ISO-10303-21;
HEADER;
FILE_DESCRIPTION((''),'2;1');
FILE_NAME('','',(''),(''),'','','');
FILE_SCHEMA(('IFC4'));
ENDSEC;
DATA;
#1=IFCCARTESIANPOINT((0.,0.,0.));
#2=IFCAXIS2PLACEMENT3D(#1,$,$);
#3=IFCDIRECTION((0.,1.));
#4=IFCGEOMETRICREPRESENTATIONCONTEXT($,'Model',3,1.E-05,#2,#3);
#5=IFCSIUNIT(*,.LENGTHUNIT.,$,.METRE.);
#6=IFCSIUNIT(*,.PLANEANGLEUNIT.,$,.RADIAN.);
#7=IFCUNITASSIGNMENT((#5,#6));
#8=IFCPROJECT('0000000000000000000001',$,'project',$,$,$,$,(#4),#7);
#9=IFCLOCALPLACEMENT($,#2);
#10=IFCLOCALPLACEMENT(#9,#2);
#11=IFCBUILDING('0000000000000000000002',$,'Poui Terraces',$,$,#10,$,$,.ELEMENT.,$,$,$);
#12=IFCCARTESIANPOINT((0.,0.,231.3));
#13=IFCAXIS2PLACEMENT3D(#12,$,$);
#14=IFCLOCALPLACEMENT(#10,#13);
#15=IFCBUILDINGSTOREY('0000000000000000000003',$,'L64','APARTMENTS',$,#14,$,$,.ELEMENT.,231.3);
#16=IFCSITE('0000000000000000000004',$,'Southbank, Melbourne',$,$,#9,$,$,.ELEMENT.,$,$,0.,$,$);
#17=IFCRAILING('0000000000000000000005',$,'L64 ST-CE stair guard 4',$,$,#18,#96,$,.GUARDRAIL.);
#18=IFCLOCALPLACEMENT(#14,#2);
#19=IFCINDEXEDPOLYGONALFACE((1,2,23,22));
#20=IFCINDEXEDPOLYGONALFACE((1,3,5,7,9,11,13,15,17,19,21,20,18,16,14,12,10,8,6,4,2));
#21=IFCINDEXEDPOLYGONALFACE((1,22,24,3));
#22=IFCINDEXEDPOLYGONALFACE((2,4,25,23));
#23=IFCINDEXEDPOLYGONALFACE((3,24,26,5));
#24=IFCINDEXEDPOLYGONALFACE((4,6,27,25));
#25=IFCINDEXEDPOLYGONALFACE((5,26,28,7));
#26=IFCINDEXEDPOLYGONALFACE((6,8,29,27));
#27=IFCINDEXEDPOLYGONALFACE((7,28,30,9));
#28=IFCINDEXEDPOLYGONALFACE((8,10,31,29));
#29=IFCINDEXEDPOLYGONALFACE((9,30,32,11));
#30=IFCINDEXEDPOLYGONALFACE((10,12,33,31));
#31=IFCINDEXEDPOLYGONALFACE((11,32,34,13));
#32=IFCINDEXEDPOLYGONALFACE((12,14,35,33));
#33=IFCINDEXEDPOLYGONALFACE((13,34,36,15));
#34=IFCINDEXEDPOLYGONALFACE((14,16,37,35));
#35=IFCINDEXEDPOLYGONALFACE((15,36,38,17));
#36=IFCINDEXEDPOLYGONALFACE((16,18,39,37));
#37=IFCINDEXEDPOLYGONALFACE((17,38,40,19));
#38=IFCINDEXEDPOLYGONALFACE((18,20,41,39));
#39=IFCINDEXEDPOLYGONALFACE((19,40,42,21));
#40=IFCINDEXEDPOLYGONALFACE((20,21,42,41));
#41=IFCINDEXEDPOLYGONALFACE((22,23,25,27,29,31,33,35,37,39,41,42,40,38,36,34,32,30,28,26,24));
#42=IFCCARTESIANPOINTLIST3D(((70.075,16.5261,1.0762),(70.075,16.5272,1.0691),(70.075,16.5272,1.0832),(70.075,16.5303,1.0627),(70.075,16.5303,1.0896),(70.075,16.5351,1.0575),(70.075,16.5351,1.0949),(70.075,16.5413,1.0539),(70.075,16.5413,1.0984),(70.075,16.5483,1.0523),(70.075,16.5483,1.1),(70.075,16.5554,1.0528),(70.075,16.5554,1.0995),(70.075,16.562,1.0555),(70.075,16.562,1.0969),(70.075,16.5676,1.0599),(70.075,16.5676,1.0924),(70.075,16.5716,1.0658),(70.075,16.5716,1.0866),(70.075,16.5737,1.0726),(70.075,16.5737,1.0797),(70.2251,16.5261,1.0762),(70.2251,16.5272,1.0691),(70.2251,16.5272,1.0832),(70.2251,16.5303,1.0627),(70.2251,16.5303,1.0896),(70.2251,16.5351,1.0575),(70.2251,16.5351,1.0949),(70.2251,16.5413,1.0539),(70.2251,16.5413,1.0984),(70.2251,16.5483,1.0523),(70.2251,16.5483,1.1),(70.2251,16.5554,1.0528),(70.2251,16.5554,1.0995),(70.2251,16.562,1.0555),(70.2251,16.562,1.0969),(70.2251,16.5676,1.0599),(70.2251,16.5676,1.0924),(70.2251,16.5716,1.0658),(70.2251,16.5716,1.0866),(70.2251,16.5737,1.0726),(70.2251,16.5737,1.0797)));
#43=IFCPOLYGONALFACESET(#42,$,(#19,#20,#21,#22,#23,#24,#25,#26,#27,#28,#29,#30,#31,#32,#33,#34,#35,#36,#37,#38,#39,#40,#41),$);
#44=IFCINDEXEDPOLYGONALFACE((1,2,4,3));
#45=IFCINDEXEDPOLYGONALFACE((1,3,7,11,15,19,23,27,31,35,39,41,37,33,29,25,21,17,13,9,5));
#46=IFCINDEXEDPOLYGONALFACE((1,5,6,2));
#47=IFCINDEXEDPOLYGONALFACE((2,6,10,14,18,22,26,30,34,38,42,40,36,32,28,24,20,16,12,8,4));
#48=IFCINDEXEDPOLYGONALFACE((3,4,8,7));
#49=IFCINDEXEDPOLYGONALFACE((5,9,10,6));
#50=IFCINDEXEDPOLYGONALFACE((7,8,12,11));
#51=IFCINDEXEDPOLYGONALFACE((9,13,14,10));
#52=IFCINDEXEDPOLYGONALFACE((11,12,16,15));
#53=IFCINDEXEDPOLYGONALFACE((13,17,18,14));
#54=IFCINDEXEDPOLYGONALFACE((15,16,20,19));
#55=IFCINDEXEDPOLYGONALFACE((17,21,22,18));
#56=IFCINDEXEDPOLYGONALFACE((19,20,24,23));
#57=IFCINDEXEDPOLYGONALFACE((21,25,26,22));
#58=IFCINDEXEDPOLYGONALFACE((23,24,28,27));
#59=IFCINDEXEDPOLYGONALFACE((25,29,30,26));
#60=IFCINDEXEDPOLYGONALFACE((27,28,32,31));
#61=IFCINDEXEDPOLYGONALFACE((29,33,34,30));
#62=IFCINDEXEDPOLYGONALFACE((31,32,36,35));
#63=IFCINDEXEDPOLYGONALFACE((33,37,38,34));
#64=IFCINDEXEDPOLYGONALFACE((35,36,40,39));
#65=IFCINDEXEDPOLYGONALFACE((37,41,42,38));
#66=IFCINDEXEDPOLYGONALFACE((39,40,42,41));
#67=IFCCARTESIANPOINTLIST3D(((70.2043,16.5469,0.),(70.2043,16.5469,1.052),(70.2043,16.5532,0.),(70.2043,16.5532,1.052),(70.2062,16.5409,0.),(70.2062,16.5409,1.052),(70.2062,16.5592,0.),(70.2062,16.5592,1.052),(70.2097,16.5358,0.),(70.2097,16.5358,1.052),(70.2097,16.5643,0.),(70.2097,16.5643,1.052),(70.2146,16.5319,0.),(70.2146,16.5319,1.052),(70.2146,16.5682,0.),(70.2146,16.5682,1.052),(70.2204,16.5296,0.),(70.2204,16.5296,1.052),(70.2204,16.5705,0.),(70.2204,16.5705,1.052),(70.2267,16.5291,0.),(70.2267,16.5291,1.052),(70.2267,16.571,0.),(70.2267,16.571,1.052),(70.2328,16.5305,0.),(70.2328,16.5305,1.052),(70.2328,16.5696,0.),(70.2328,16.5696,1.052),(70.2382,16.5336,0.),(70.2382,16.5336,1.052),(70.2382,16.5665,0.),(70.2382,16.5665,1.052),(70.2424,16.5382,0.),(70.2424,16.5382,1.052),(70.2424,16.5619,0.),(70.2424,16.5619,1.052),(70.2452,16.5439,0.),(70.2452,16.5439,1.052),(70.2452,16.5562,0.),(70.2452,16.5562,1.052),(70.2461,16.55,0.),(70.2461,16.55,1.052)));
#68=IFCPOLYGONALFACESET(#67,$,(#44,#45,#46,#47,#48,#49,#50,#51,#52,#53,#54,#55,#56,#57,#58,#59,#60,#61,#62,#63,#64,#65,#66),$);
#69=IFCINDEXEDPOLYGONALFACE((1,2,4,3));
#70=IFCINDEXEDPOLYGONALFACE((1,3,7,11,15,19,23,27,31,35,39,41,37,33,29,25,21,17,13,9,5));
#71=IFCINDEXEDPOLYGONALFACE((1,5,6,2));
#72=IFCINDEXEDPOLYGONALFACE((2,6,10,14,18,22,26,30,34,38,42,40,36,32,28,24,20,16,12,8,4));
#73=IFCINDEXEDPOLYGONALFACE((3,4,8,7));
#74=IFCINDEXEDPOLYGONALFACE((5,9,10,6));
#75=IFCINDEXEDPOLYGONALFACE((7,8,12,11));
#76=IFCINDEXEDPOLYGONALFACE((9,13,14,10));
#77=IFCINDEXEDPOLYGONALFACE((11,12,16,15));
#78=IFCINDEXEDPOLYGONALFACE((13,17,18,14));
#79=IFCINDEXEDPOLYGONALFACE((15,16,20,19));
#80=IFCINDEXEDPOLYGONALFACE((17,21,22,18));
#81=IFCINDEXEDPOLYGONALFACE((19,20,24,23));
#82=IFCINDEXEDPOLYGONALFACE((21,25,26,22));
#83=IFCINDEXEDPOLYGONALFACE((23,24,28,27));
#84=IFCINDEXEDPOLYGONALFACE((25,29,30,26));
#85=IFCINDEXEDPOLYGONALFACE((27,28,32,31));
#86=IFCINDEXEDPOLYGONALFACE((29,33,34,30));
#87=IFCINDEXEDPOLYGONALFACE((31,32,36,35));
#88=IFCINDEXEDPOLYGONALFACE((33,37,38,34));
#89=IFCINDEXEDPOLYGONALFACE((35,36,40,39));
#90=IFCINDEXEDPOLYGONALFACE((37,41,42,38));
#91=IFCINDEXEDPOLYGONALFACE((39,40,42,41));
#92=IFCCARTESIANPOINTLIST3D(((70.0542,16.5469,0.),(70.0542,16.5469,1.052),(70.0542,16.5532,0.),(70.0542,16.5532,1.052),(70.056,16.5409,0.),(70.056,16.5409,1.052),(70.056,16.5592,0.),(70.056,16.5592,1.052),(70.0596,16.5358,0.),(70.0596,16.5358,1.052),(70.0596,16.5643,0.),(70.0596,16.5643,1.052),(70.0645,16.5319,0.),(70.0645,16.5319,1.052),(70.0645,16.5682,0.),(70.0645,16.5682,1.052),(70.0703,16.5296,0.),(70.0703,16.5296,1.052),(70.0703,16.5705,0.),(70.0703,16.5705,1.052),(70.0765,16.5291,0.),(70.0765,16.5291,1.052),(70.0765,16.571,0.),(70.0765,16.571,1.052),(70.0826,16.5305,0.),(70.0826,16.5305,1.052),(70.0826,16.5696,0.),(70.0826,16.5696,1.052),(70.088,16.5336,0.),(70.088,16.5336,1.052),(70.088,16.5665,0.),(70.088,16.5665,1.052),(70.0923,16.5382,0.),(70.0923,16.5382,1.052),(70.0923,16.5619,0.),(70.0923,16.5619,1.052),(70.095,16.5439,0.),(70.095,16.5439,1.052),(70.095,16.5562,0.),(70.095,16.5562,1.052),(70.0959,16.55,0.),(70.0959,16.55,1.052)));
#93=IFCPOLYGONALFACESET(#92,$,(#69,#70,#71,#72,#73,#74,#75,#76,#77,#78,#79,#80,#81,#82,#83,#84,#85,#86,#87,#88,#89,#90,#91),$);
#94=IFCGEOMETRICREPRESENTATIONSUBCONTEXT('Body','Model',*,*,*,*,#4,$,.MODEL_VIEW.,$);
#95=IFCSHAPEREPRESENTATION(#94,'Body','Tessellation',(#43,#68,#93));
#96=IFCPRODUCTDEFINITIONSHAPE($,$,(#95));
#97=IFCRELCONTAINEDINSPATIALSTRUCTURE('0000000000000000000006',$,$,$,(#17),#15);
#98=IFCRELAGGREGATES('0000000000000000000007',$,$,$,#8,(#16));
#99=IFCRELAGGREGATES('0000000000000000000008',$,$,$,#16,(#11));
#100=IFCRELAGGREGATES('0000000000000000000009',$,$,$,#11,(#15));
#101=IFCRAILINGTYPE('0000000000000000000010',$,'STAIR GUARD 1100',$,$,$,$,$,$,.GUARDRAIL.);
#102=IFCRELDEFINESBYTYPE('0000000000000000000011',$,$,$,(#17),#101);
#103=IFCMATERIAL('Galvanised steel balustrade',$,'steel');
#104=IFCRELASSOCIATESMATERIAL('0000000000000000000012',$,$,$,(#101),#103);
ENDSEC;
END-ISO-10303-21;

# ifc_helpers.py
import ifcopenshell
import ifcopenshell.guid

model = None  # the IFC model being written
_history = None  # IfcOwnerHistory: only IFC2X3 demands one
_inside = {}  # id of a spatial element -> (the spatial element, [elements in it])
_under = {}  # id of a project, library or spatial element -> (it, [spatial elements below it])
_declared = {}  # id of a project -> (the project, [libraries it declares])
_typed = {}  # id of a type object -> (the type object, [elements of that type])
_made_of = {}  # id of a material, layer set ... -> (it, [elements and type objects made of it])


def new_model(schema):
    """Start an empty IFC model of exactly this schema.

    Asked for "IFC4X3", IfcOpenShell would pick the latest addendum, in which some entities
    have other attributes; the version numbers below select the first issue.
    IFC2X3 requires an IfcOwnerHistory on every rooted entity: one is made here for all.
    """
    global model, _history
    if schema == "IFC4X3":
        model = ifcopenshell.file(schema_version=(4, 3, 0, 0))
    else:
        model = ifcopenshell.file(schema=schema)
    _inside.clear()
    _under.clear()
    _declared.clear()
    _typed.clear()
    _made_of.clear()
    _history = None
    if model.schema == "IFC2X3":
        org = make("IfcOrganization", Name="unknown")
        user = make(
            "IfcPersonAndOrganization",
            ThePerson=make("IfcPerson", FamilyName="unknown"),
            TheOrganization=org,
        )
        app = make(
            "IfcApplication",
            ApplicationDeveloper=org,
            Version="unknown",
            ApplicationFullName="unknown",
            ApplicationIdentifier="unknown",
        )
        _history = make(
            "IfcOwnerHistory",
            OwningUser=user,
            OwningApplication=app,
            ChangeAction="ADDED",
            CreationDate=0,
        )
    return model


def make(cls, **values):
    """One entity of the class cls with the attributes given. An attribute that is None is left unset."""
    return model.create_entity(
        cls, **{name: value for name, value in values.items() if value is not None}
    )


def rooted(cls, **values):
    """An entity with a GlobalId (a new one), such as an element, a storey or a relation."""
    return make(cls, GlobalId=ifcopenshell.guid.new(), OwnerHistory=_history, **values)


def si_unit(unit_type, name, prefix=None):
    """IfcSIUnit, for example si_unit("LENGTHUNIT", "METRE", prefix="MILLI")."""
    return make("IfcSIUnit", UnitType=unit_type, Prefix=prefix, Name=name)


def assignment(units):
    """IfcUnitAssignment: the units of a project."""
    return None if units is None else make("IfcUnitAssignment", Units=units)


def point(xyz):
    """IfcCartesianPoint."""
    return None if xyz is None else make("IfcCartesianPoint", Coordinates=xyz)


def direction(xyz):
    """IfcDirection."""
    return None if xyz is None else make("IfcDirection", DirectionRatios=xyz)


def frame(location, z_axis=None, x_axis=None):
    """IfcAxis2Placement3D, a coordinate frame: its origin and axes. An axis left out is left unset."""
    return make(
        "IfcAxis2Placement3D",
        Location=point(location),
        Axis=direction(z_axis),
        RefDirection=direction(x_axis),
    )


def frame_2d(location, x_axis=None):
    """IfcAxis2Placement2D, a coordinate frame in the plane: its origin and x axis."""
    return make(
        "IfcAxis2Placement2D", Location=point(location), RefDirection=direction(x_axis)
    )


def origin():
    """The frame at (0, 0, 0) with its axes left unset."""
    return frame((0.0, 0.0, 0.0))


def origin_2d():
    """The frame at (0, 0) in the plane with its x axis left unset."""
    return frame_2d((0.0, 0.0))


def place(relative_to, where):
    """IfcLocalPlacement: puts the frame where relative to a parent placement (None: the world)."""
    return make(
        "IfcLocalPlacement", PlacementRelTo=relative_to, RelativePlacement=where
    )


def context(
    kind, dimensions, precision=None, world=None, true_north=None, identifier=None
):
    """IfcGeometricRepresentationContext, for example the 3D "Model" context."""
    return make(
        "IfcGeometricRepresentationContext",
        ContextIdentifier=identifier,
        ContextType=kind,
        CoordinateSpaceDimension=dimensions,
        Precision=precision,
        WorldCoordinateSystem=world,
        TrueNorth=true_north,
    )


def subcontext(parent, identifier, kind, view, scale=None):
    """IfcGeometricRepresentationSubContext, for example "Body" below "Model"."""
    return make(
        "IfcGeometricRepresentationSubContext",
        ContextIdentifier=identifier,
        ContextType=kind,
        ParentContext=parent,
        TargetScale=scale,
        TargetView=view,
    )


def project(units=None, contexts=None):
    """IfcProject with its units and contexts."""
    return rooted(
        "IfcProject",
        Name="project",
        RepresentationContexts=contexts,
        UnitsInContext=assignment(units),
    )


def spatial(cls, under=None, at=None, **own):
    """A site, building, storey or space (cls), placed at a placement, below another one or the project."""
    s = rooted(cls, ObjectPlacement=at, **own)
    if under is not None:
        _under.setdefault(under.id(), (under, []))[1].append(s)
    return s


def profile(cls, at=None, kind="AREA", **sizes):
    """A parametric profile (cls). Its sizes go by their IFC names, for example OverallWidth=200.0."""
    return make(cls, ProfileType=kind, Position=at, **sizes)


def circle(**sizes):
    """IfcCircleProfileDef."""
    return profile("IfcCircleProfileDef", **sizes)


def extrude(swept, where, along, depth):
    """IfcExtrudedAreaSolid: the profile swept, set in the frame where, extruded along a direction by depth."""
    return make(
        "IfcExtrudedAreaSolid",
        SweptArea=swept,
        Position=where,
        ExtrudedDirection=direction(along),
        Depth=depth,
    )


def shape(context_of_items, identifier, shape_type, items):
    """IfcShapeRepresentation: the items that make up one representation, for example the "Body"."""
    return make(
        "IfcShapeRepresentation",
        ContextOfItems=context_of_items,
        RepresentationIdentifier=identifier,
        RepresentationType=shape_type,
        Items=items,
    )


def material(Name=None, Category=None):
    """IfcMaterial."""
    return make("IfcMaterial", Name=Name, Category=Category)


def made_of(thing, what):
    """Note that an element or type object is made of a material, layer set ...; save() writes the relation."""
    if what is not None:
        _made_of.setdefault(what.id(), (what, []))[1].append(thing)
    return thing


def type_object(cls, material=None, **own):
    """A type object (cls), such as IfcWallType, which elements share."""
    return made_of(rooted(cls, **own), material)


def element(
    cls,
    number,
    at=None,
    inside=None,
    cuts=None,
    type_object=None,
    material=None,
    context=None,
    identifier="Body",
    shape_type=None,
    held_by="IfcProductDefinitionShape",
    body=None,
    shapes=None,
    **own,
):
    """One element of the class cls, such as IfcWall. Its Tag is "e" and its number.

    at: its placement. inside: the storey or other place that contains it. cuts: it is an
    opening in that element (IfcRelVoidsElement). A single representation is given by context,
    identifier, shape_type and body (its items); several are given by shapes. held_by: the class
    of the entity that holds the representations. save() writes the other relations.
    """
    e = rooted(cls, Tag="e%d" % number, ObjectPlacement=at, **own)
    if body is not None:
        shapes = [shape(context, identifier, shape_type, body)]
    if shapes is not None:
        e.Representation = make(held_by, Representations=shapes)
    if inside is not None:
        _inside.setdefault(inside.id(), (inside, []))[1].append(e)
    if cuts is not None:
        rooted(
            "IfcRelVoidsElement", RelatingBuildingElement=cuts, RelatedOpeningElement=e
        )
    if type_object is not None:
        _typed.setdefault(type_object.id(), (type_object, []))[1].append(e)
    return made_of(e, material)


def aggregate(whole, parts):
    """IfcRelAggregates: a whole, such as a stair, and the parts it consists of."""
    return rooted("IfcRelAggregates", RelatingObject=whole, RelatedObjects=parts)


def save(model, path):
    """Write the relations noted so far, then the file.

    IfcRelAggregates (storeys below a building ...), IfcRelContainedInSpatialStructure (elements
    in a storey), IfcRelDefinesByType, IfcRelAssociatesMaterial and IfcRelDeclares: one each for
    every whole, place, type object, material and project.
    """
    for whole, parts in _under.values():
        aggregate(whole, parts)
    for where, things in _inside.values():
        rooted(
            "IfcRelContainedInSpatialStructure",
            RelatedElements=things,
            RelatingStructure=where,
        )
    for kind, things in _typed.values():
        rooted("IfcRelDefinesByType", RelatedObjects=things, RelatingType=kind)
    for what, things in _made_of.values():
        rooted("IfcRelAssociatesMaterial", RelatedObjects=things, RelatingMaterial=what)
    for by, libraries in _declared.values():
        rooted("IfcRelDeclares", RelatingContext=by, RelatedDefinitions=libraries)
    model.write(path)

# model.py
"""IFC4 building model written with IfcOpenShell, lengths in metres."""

from ifc_helpers import new_model, si_unit, direction, frame, origin, origin_2d, place, context, subcontext, project, spatial, circle, extrude, material, type_object, element, save


model = new_model("IFC4")

# Units and contexts
model_context = context("Model", 3, precision=1e-05, world=origin(), true_north=direction((0.0, 1.0)))
body_context = subcontext(model_context, "Body", "Model", "MODEL_VIEW")
ifc_project = project(units=[si_unit("LENGTHUNIT", "METRE"), si_unit("PLANEANGLEUNIT", "RADIAN")], contexts=[model_context])

# Site, building, storey
site_placement = place(None, origin())
site = spatial("IfcSite", under=ifc_project, at=site_placement, Name="Southbank, Melbourne", CompositionType="ELEMENT", RefElevation=0.0)
building_placement = place(site_placement, origin())
building = spatial("IfcBuilding", under=site, at=building_placement, Name="Poui Terraces", CompositionType="ELEMENT")
storey_placement = place(building_placement, frame((0.0, 0.0, 231.3)))
storey = spatial("IfcBuildingStorey", under=building, at=storey_placement, Name="L64", Description="APARTMENTS", CompositionType="ELEMENT", Elevation=231.3)

# Railing
ifc_material_1 = material(Name="Galvanised steel balustrade", Category="steel")
railing_type_1 = type_object("IfcRailingType", Name="STAIR GUARD 1100", PredefinedType="GUARDRAIL", material=ifc_material_1)
railing_1_placement = place(storey_placement, frame((70.2251, 16.55, 0.0)))
element("IfcRailing", 1, at=railing_1_placement, inside=storey, type_object=railing_type_1, Name="L64 ST-CE stair guard 4", PredefinedType="GUARDRAIL", context=body_context, shape_type="SweptSolid", body=[
    extrude(circle(Radius=0.0239, at=origin_2d()), frame((0.0, 0.0, 1.0762), z_axis=(-1.0, 0.0, 0.0), x_axis=(0.0, -1.0, 0.0)), (0.0, 0.0, 1.0), 0.1501),
    extrude(circle(Radius=0.021, at=origin_2d()), origin(), (0.0, 0.0, 1.0), 1.052),
    extrude(circle(Radius=0.021, at=origin_2d()), frame((-0.1501, 0.0, 0.0)), (0.0, 0.0, 1.0), 1.052),
])

save(model, "model.ifc")
